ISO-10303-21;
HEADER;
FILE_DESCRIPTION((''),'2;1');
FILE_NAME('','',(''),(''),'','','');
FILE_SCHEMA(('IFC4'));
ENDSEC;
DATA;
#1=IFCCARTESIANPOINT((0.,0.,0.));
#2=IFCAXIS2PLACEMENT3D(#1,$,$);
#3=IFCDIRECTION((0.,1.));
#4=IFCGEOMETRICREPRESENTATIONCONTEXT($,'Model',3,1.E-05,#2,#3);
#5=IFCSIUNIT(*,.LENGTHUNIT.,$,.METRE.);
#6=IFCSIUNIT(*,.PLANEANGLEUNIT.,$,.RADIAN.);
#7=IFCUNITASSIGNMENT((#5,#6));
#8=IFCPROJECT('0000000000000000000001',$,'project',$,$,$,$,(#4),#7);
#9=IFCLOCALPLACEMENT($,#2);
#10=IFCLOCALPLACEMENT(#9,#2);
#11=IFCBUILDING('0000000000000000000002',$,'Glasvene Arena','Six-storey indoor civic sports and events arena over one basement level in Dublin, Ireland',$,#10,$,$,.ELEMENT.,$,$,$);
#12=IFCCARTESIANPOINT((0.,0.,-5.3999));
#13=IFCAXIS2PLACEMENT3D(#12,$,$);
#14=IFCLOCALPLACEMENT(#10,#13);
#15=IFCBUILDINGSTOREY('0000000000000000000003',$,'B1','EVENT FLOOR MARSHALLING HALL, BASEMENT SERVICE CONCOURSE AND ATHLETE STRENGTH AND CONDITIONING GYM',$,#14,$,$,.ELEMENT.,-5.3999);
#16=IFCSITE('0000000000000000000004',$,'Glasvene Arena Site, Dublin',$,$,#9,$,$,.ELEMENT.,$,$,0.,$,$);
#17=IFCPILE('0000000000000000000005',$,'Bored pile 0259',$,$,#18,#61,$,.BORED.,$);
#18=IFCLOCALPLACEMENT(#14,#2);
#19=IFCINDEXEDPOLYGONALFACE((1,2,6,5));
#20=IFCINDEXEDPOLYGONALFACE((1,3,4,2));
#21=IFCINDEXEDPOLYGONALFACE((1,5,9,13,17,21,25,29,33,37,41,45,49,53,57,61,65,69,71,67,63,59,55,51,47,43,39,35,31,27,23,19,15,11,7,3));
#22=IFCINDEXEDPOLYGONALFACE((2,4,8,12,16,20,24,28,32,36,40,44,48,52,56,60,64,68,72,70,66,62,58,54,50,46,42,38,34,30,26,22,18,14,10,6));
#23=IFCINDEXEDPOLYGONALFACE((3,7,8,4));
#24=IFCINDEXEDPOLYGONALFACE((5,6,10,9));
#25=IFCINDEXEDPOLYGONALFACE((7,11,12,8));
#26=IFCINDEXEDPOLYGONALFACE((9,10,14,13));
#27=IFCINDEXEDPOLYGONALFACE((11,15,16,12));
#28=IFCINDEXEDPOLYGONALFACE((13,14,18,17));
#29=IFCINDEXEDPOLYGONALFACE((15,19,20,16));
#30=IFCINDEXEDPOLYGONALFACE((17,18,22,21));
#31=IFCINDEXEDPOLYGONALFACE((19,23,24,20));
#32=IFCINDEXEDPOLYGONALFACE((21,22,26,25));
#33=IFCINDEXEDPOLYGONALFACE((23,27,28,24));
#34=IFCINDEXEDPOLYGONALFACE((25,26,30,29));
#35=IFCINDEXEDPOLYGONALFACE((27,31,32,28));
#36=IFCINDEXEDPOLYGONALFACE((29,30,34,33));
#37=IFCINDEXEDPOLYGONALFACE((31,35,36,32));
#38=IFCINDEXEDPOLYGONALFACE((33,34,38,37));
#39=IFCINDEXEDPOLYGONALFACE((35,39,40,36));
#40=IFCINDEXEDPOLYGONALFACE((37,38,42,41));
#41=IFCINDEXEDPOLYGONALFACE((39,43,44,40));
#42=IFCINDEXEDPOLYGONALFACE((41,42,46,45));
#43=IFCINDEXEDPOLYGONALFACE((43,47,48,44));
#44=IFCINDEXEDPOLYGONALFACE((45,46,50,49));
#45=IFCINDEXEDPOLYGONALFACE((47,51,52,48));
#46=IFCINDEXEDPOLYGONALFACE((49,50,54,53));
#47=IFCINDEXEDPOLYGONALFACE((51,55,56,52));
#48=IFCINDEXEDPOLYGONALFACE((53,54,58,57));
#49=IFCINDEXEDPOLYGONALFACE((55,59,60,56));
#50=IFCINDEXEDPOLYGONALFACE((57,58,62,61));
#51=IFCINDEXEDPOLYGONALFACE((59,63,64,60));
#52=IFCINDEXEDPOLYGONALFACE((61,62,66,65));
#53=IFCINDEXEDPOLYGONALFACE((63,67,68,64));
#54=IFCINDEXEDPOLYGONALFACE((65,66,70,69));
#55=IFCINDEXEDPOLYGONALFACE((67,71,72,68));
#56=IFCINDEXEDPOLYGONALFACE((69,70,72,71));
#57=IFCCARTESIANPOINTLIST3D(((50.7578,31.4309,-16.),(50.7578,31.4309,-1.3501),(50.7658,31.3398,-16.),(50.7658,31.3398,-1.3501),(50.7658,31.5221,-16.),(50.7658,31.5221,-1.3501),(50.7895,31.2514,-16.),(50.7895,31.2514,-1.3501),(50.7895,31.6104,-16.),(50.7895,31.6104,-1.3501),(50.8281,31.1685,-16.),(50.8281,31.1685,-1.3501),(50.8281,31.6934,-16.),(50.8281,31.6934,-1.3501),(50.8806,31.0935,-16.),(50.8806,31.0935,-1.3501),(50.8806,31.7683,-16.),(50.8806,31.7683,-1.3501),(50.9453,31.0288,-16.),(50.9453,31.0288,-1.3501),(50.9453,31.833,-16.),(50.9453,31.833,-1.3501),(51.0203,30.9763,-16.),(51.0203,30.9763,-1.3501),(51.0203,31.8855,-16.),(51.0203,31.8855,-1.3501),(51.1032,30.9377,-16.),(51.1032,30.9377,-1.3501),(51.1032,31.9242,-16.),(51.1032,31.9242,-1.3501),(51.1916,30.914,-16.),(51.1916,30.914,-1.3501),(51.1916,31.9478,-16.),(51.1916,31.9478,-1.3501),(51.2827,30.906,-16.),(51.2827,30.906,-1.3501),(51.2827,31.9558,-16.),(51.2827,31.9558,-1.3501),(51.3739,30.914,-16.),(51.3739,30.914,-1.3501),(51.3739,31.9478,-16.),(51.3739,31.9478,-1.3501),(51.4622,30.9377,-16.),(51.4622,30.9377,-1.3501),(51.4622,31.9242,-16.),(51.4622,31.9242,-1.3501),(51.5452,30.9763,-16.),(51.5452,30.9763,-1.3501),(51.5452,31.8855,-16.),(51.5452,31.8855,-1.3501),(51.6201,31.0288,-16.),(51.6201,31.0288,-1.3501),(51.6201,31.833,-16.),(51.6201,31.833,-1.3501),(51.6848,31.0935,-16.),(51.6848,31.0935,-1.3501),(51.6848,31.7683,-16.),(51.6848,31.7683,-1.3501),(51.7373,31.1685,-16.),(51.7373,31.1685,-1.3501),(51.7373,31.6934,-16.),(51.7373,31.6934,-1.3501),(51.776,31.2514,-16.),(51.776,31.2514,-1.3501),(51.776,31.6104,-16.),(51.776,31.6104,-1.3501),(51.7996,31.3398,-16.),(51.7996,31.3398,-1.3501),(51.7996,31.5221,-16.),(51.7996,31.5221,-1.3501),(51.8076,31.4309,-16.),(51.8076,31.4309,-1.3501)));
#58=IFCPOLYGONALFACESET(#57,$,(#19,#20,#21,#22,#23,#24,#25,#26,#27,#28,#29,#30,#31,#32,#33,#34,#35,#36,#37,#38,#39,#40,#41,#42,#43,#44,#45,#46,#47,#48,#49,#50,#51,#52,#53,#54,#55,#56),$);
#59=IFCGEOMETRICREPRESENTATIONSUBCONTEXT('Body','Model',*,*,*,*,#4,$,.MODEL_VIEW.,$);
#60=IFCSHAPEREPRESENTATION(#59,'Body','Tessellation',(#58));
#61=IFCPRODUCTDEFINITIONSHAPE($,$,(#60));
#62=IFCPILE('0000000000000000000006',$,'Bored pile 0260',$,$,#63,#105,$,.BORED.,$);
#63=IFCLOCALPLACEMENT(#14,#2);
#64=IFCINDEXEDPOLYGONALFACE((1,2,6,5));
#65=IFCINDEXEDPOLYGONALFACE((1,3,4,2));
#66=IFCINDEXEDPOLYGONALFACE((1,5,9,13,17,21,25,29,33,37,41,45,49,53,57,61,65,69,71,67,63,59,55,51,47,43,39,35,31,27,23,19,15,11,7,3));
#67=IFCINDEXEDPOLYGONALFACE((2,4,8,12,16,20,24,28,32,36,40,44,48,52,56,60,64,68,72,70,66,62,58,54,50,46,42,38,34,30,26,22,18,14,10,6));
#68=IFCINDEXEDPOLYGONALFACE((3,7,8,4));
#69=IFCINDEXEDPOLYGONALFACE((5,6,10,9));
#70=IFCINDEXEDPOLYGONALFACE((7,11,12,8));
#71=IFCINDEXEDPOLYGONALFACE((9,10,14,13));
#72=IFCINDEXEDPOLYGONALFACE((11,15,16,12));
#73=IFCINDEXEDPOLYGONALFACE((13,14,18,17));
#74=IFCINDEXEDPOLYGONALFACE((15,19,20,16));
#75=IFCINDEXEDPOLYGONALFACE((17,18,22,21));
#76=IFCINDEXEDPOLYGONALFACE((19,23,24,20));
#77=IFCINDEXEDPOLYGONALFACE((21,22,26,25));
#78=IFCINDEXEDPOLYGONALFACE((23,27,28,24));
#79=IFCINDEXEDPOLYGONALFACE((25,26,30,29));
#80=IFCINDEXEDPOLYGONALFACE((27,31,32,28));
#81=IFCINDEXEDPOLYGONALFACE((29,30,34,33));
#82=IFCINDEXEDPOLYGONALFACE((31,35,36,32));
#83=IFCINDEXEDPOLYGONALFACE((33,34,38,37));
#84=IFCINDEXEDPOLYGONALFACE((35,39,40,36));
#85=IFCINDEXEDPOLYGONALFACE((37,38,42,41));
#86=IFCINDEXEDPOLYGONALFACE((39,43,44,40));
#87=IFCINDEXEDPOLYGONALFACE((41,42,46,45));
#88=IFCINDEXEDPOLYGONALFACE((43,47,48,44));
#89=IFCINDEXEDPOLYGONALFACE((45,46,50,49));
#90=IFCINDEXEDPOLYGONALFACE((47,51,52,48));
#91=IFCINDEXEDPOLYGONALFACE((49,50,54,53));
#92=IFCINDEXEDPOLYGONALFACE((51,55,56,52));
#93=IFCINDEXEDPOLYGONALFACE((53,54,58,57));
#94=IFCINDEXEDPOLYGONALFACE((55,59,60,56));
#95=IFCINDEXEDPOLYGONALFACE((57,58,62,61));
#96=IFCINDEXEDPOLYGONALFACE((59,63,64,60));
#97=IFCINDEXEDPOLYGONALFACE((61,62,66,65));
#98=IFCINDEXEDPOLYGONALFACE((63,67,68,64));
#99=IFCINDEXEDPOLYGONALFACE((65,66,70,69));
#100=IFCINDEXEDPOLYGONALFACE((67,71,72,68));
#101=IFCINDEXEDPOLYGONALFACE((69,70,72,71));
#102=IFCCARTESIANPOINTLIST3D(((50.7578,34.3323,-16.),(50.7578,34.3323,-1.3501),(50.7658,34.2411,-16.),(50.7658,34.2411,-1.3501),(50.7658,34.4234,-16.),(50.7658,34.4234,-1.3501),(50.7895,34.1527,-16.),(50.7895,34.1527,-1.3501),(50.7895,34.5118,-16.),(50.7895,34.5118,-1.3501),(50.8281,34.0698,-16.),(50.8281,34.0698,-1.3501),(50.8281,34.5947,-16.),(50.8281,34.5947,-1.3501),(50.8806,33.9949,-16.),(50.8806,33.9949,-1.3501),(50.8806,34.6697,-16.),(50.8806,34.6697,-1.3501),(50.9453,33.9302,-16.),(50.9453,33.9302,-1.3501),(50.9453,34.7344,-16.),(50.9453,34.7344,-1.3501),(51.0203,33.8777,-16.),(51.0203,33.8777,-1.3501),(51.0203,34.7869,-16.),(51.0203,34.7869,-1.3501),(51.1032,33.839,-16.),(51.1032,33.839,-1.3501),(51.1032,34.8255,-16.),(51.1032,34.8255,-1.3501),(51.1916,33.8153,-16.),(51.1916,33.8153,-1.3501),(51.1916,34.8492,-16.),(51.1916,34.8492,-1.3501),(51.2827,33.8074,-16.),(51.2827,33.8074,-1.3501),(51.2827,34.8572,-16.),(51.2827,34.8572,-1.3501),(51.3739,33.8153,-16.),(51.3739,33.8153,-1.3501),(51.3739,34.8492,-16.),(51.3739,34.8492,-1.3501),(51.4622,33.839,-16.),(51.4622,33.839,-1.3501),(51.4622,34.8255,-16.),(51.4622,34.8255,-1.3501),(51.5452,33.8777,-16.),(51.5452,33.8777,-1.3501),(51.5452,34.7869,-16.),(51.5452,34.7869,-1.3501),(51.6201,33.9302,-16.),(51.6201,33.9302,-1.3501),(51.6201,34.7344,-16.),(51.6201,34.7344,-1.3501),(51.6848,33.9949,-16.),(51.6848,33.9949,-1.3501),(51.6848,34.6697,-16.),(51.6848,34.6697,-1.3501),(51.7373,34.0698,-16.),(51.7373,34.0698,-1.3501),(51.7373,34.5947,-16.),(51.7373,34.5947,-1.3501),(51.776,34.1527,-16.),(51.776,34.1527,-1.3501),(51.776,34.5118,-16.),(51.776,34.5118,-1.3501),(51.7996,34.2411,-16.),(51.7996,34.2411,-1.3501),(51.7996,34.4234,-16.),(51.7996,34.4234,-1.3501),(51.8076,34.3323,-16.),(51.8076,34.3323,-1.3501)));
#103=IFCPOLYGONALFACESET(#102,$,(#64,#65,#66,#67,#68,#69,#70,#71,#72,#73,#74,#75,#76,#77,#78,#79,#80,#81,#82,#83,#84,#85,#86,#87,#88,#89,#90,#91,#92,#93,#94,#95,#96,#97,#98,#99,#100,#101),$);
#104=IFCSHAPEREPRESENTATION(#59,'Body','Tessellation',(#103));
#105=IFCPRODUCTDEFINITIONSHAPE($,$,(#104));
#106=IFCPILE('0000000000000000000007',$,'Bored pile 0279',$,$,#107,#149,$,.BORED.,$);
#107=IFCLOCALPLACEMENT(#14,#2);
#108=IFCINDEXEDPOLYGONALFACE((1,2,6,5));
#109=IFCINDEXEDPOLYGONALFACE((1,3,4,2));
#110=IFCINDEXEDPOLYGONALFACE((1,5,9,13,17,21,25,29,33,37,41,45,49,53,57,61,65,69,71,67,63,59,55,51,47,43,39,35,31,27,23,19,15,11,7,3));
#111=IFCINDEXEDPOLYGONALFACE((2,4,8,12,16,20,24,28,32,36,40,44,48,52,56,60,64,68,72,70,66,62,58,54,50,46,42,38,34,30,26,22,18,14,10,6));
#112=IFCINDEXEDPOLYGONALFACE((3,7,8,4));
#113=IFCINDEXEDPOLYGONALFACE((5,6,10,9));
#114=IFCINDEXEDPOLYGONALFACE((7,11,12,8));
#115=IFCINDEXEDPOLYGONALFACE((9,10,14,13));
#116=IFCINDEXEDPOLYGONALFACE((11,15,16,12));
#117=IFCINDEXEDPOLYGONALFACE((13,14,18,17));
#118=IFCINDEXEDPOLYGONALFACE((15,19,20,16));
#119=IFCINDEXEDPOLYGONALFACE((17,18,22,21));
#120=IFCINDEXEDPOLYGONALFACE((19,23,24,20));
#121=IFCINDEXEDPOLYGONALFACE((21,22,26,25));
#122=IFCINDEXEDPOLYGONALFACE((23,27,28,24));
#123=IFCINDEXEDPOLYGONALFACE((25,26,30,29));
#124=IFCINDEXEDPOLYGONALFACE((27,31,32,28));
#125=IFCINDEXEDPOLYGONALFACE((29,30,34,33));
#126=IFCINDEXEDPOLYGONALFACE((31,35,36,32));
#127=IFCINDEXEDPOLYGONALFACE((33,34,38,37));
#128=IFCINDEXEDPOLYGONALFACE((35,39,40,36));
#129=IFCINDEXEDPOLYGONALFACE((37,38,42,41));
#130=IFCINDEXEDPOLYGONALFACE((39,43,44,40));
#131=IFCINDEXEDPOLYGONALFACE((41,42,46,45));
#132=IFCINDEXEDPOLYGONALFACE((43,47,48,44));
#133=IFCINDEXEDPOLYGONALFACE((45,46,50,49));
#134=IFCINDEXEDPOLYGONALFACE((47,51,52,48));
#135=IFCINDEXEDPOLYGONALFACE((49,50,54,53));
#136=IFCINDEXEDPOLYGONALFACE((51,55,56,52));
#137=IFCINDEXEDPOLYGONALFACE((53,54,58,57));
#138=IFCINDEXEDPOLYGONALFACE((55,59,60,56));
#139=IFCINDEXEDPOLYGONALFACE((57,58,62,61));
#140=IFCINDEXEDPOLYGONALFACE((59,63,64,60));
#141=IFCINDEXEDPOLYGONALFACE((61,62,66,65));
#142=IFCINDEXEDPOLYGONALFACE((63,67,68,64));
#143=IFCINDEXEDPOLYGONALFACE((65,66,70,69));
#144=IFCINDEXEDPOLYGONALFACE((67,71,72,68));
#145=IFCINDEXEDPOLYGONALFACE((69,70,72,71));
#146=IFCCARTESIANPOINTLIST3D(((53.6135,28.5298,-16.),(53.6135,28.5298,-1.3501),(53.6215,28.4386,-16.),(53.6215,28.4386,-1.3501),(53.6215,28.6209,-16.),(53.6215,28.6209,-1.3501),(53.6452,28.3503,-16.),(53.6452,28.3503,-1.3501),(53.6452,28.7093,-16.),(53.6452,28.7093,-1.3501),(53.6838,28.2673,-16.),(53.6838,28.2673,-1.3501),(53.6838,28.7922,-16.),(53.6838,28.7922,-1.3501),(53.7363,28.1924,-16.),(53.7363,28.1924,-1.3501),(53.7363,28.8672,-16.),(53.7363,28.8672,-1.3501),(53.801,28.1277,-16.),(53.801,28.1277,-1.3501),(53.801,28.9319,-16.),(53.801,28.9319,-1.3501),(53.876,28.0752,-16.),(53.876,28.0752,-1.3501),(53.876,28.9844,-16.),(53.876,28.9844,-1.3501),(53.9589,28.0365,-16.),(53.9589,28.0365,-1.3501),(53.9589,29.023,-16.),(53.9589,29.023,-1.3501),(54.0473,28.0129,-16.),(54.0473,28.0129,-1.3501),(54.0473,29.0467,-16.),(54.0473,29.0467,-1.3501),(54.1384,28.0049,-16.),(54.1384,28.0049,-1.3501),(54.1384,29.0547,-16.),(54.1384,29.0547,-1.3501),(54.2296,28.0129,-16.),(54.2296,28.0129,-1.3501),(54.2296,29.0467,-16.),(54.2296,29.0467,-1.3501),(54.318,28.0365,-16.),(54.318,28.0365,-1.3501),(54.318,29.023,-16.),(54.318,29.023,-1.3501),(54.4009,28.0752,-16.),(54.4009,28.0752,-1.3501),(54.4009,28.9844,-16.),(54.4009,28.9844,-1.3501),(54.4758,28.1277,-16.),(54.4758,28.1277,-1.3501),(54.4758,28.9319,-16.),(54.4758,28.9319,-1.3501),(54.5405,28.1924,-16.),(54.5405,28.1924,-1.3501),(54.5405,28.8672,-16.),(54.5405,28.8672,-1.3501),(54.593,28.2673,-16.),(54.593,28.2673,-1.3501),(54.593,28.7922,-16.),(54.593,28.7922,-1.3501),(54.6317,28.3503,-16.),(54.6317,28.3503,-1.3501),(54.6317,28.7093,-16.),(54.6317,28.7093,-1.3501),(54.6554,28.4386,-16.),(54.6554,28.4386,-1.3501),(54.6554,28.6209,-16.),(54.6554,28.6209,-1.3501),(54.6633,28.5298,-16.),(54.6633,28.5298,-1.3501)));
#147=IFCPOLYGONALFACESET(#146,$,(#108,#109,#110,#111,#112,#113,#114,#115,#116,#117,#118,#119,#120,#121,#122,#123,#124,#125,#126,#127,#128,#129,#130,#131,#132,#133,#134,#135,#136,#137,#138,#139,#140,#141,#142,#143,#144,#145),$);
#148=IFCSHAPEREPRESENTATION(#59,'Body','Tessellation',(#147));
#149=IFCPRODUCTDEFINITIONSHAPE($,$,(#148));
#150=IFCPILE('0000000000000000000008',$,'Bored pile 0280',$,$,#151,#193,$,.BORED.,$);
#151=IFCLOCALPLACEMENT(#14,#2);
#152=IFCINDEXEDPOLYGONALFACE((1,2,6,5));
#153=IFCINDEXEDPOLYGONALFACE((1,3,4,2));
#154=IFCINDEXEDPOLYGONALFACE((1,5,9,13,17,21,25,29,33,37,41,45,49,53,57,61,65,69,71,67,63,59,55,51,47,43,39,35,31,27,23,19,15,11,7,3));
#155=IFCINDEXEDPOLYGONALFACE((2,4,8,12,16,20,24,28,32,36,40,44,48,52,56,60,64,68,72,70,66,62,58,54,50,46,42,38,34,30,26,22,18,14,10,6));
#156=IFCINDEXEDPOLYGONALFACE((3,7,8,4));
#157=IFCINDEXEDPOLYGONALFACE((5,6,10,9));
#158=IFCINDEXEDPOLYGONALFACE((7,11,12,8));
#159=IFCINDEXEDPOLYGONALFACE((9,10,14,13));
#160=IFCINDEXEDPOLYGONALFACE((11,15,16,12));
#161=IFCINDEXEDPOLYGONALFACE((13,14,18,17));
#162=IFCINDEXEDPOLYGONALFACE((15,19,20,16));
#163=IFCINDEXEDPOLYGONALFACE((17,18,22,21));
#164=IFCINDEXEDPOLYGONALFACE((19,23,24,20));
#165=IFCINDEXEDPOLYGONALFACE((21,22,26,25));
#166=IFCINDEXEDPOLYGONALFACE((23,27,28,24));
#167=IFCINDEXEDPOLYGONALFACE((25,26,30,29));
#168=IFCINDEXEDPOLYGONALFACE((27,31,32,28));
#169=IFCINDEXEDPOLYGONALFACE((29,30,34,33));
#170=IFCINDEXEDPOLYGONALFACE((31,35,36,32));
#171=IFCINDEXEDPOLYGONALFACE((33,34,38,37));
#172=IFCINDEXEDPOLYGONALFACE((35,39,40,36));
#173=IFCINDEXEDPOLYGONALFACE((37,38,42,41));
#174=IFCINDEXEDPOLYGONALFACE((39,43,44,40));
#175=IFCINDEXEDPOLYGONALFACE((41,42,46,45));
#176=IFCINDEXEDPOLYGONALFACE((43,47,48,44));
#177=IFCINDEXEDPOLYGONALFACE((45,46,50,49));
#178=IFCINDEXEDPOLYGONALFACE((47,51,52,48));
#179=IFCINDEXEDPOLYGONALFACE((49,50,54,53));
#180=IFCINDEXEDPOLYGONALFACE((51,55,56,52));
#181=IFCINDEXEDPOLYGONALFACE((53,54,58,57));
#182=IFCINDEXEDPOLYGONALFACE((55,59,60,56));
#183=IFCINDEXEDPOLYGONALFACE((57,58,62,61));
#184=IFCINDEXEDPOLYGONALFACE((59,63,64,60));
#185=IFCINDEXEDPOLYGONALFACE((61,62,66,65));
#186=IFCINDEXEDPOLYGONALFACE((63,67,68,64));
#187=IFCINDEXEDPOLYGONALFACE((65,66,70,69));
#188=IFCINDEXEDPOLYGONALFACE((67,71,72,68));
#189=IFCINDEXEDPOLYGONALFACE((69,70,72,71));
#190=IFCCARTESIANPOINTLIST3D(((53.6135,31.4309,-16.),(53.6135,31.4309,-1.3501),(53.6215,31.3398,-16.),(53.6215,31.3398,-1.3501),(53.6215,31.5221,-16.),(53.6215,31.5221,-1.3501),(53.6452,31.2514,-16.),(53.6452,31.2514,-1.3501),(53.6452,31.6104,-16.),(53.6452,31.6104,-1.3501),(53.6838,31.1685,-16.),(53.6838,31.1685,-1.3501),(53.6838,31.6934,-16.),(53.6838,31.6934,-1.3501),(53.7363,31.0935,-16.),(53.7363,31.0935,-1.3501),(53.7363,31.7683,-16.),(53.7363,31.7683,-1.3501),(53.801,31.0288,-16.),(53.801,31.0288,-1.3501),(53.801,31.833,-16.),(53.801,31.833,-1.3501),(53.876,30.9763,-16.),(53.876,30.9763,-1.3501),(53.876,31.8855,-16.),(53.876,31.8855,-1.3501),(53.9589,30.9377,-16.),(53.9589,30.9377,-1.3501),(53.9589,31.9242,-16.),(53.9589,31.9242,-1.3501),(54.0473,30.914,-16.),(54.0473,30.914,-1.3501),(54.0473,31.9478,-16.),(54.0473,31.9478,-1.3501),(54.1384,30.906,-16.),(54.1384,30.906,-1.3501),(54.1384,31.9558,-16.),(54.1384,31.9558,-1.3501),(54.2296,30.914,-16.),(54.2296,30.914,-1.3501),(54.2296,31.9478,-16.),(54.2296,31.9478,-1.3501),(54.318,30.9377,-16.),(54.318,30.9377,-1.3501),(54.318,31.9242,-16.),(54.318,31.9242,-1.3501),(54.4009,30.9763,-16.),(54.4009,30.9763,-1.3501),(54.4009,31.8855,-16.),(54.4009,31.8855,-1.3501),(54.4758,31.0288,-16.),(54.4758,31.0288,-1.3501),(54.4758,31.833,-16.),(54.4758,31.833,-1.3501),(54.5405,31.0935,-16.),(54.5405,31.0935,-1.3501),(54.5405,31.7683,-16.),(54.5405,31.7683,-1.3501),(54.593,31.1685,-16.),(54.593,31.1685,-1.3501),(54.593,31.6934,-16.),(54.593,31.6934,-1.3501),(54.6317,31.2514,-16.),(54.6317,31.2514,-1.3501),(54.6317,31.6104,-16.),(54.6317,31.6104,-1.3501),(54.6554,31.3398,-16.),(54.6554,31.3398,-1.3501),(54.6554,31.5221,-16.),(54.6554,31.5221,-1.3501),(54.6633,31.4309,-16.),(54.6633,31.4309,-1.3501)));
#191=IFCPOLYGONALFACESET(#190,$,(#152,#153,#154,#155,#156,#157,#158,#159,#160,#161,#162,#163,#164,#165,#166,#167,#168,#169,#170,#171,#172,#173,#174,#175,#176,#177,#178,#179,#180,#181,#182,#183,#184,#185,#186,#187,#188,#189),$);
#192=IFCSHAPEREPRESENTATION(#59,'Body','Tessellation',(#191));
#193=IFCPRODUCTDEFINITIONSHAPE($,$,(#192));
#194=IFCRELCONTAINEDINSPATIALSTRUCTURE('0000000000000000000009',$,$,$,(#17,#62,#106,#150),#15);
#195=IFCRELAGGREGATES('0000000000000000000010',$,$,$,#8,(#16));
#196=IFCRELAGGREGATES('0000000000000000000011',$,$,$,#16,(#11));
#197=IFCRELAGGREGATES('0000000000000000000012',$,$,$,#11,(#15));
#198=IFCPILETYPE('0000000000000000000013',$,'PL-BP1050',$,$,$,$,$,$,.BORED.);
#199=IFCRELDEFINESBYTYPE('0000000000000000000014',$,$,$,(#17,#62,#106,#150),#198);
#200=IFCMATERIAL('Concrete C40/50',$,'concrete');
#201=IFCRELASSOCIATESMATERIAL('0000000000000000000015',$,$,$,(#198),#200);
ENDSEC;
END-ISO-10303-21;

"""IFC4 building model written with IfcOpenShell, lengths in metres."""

from ifc_helpers import new_model, si_unit, direction, frame, origin, origin_2d, place, context, subcontext, project, spatial, circle, extrude, material, material_profile, profile_set, type_object, element, save


model = new_model("IFC4")

# Units and contexts
model_context = context("Model", 3, precision=1e-05, world=origin(), true_north=direction((0.0, 1.0)))
body_context = subcontext(model_context, "Body", "Model", "MODEL_VIEW")
ifc_project = project(units=[si_unit("LENGTHUNIT", "METRE"), si_unit("PLANEANGLEUNIT", "RADIAN")], contexts=[model_context])

# Site, building, storey
site_placement = place(None, origin())
site = spatial("IfcSite", under=ifc_project, at=site_placement, Name="Glasvene Arena Site, Dublin", CompositionType="ELEMENT", RefElevation=0.0)
building_placement = place(site_placement, origin())
building = spatial("IfcBuilding", under=site, at=building_placement, Name="Glasvene Arena", Description="Six-storey indoor civic sports and events arena over one basement level in Dublin, Ireland", CompositionType="ELEMENT")
storey_placement = place(building_placement, frame((0.0, 0.0, -5.3999)))
storey = spatial("IfcBuildingStorey", under=building, at=storey_placement, Name="B1", Description="EVENT FLOOR MARSHALLING HALL, BASEMENT SERVICE CONCOURSE AND ATHLETE STRENGTH AND CONDITIONING GYM", CompositionType="ELEMENT", Elevation=-5.3999)

# Piles
ifc_material_1 = material(Name="Concrete C40/50", Category="concrete")
ifc_material_profile_1 = material_profile(ifc_material_1, circle(Radius=0.5249, at=origin_2d()), Name="BORED PILE 1050")
ifc_profile_set_1 = profile_set([ifc_material_profile_1], Name="Concrete C40/50")
pile_type = type_object("IfcPileType", Name="PL-BP1050", PredefinedType="BORED", material=ifc_profile_set_1)
for number, where, z_axis, x_axis, name in (
    (1, (51.2827, 31.4309, -1.3501), (0.0, 0.0, -1.0), (1.0, 0.0, 0.0), "Bored pile 0259"),
    (2, (51.2827, 34.3323, -1.3501), (0.0, 0.0, -1.0), (1.0, 0.0, 0.0), "Bored pile 0260"),
    (3, (54.1384, 28.5298, -1.3501), (0.0, 0.0, -1.0), (1.0, 0.0, 0.0), "Bored pile 0279"),
    (4, (54.1384, 31.4309, -1.3501), (0.0, 0.0, -1.0), (1.0, 0.0, 0.0), "Bored pile 0280"),
):
    element("IfcPile", number, at=place(storey_placement, frame(where, z_axis=z_axis, x_axis=x_axis)), inside=storey, type_object=pile_type, Name=name, PredefinedType="BORED", context=body_context, shape_type="SweptSolid", body=[
        extrude(circle(Radius=0.5249, at=origin_2d()), origin(), (0.0, 0.0, 1.0), 14.6499),
    ])

save(model, "model.ifc")
